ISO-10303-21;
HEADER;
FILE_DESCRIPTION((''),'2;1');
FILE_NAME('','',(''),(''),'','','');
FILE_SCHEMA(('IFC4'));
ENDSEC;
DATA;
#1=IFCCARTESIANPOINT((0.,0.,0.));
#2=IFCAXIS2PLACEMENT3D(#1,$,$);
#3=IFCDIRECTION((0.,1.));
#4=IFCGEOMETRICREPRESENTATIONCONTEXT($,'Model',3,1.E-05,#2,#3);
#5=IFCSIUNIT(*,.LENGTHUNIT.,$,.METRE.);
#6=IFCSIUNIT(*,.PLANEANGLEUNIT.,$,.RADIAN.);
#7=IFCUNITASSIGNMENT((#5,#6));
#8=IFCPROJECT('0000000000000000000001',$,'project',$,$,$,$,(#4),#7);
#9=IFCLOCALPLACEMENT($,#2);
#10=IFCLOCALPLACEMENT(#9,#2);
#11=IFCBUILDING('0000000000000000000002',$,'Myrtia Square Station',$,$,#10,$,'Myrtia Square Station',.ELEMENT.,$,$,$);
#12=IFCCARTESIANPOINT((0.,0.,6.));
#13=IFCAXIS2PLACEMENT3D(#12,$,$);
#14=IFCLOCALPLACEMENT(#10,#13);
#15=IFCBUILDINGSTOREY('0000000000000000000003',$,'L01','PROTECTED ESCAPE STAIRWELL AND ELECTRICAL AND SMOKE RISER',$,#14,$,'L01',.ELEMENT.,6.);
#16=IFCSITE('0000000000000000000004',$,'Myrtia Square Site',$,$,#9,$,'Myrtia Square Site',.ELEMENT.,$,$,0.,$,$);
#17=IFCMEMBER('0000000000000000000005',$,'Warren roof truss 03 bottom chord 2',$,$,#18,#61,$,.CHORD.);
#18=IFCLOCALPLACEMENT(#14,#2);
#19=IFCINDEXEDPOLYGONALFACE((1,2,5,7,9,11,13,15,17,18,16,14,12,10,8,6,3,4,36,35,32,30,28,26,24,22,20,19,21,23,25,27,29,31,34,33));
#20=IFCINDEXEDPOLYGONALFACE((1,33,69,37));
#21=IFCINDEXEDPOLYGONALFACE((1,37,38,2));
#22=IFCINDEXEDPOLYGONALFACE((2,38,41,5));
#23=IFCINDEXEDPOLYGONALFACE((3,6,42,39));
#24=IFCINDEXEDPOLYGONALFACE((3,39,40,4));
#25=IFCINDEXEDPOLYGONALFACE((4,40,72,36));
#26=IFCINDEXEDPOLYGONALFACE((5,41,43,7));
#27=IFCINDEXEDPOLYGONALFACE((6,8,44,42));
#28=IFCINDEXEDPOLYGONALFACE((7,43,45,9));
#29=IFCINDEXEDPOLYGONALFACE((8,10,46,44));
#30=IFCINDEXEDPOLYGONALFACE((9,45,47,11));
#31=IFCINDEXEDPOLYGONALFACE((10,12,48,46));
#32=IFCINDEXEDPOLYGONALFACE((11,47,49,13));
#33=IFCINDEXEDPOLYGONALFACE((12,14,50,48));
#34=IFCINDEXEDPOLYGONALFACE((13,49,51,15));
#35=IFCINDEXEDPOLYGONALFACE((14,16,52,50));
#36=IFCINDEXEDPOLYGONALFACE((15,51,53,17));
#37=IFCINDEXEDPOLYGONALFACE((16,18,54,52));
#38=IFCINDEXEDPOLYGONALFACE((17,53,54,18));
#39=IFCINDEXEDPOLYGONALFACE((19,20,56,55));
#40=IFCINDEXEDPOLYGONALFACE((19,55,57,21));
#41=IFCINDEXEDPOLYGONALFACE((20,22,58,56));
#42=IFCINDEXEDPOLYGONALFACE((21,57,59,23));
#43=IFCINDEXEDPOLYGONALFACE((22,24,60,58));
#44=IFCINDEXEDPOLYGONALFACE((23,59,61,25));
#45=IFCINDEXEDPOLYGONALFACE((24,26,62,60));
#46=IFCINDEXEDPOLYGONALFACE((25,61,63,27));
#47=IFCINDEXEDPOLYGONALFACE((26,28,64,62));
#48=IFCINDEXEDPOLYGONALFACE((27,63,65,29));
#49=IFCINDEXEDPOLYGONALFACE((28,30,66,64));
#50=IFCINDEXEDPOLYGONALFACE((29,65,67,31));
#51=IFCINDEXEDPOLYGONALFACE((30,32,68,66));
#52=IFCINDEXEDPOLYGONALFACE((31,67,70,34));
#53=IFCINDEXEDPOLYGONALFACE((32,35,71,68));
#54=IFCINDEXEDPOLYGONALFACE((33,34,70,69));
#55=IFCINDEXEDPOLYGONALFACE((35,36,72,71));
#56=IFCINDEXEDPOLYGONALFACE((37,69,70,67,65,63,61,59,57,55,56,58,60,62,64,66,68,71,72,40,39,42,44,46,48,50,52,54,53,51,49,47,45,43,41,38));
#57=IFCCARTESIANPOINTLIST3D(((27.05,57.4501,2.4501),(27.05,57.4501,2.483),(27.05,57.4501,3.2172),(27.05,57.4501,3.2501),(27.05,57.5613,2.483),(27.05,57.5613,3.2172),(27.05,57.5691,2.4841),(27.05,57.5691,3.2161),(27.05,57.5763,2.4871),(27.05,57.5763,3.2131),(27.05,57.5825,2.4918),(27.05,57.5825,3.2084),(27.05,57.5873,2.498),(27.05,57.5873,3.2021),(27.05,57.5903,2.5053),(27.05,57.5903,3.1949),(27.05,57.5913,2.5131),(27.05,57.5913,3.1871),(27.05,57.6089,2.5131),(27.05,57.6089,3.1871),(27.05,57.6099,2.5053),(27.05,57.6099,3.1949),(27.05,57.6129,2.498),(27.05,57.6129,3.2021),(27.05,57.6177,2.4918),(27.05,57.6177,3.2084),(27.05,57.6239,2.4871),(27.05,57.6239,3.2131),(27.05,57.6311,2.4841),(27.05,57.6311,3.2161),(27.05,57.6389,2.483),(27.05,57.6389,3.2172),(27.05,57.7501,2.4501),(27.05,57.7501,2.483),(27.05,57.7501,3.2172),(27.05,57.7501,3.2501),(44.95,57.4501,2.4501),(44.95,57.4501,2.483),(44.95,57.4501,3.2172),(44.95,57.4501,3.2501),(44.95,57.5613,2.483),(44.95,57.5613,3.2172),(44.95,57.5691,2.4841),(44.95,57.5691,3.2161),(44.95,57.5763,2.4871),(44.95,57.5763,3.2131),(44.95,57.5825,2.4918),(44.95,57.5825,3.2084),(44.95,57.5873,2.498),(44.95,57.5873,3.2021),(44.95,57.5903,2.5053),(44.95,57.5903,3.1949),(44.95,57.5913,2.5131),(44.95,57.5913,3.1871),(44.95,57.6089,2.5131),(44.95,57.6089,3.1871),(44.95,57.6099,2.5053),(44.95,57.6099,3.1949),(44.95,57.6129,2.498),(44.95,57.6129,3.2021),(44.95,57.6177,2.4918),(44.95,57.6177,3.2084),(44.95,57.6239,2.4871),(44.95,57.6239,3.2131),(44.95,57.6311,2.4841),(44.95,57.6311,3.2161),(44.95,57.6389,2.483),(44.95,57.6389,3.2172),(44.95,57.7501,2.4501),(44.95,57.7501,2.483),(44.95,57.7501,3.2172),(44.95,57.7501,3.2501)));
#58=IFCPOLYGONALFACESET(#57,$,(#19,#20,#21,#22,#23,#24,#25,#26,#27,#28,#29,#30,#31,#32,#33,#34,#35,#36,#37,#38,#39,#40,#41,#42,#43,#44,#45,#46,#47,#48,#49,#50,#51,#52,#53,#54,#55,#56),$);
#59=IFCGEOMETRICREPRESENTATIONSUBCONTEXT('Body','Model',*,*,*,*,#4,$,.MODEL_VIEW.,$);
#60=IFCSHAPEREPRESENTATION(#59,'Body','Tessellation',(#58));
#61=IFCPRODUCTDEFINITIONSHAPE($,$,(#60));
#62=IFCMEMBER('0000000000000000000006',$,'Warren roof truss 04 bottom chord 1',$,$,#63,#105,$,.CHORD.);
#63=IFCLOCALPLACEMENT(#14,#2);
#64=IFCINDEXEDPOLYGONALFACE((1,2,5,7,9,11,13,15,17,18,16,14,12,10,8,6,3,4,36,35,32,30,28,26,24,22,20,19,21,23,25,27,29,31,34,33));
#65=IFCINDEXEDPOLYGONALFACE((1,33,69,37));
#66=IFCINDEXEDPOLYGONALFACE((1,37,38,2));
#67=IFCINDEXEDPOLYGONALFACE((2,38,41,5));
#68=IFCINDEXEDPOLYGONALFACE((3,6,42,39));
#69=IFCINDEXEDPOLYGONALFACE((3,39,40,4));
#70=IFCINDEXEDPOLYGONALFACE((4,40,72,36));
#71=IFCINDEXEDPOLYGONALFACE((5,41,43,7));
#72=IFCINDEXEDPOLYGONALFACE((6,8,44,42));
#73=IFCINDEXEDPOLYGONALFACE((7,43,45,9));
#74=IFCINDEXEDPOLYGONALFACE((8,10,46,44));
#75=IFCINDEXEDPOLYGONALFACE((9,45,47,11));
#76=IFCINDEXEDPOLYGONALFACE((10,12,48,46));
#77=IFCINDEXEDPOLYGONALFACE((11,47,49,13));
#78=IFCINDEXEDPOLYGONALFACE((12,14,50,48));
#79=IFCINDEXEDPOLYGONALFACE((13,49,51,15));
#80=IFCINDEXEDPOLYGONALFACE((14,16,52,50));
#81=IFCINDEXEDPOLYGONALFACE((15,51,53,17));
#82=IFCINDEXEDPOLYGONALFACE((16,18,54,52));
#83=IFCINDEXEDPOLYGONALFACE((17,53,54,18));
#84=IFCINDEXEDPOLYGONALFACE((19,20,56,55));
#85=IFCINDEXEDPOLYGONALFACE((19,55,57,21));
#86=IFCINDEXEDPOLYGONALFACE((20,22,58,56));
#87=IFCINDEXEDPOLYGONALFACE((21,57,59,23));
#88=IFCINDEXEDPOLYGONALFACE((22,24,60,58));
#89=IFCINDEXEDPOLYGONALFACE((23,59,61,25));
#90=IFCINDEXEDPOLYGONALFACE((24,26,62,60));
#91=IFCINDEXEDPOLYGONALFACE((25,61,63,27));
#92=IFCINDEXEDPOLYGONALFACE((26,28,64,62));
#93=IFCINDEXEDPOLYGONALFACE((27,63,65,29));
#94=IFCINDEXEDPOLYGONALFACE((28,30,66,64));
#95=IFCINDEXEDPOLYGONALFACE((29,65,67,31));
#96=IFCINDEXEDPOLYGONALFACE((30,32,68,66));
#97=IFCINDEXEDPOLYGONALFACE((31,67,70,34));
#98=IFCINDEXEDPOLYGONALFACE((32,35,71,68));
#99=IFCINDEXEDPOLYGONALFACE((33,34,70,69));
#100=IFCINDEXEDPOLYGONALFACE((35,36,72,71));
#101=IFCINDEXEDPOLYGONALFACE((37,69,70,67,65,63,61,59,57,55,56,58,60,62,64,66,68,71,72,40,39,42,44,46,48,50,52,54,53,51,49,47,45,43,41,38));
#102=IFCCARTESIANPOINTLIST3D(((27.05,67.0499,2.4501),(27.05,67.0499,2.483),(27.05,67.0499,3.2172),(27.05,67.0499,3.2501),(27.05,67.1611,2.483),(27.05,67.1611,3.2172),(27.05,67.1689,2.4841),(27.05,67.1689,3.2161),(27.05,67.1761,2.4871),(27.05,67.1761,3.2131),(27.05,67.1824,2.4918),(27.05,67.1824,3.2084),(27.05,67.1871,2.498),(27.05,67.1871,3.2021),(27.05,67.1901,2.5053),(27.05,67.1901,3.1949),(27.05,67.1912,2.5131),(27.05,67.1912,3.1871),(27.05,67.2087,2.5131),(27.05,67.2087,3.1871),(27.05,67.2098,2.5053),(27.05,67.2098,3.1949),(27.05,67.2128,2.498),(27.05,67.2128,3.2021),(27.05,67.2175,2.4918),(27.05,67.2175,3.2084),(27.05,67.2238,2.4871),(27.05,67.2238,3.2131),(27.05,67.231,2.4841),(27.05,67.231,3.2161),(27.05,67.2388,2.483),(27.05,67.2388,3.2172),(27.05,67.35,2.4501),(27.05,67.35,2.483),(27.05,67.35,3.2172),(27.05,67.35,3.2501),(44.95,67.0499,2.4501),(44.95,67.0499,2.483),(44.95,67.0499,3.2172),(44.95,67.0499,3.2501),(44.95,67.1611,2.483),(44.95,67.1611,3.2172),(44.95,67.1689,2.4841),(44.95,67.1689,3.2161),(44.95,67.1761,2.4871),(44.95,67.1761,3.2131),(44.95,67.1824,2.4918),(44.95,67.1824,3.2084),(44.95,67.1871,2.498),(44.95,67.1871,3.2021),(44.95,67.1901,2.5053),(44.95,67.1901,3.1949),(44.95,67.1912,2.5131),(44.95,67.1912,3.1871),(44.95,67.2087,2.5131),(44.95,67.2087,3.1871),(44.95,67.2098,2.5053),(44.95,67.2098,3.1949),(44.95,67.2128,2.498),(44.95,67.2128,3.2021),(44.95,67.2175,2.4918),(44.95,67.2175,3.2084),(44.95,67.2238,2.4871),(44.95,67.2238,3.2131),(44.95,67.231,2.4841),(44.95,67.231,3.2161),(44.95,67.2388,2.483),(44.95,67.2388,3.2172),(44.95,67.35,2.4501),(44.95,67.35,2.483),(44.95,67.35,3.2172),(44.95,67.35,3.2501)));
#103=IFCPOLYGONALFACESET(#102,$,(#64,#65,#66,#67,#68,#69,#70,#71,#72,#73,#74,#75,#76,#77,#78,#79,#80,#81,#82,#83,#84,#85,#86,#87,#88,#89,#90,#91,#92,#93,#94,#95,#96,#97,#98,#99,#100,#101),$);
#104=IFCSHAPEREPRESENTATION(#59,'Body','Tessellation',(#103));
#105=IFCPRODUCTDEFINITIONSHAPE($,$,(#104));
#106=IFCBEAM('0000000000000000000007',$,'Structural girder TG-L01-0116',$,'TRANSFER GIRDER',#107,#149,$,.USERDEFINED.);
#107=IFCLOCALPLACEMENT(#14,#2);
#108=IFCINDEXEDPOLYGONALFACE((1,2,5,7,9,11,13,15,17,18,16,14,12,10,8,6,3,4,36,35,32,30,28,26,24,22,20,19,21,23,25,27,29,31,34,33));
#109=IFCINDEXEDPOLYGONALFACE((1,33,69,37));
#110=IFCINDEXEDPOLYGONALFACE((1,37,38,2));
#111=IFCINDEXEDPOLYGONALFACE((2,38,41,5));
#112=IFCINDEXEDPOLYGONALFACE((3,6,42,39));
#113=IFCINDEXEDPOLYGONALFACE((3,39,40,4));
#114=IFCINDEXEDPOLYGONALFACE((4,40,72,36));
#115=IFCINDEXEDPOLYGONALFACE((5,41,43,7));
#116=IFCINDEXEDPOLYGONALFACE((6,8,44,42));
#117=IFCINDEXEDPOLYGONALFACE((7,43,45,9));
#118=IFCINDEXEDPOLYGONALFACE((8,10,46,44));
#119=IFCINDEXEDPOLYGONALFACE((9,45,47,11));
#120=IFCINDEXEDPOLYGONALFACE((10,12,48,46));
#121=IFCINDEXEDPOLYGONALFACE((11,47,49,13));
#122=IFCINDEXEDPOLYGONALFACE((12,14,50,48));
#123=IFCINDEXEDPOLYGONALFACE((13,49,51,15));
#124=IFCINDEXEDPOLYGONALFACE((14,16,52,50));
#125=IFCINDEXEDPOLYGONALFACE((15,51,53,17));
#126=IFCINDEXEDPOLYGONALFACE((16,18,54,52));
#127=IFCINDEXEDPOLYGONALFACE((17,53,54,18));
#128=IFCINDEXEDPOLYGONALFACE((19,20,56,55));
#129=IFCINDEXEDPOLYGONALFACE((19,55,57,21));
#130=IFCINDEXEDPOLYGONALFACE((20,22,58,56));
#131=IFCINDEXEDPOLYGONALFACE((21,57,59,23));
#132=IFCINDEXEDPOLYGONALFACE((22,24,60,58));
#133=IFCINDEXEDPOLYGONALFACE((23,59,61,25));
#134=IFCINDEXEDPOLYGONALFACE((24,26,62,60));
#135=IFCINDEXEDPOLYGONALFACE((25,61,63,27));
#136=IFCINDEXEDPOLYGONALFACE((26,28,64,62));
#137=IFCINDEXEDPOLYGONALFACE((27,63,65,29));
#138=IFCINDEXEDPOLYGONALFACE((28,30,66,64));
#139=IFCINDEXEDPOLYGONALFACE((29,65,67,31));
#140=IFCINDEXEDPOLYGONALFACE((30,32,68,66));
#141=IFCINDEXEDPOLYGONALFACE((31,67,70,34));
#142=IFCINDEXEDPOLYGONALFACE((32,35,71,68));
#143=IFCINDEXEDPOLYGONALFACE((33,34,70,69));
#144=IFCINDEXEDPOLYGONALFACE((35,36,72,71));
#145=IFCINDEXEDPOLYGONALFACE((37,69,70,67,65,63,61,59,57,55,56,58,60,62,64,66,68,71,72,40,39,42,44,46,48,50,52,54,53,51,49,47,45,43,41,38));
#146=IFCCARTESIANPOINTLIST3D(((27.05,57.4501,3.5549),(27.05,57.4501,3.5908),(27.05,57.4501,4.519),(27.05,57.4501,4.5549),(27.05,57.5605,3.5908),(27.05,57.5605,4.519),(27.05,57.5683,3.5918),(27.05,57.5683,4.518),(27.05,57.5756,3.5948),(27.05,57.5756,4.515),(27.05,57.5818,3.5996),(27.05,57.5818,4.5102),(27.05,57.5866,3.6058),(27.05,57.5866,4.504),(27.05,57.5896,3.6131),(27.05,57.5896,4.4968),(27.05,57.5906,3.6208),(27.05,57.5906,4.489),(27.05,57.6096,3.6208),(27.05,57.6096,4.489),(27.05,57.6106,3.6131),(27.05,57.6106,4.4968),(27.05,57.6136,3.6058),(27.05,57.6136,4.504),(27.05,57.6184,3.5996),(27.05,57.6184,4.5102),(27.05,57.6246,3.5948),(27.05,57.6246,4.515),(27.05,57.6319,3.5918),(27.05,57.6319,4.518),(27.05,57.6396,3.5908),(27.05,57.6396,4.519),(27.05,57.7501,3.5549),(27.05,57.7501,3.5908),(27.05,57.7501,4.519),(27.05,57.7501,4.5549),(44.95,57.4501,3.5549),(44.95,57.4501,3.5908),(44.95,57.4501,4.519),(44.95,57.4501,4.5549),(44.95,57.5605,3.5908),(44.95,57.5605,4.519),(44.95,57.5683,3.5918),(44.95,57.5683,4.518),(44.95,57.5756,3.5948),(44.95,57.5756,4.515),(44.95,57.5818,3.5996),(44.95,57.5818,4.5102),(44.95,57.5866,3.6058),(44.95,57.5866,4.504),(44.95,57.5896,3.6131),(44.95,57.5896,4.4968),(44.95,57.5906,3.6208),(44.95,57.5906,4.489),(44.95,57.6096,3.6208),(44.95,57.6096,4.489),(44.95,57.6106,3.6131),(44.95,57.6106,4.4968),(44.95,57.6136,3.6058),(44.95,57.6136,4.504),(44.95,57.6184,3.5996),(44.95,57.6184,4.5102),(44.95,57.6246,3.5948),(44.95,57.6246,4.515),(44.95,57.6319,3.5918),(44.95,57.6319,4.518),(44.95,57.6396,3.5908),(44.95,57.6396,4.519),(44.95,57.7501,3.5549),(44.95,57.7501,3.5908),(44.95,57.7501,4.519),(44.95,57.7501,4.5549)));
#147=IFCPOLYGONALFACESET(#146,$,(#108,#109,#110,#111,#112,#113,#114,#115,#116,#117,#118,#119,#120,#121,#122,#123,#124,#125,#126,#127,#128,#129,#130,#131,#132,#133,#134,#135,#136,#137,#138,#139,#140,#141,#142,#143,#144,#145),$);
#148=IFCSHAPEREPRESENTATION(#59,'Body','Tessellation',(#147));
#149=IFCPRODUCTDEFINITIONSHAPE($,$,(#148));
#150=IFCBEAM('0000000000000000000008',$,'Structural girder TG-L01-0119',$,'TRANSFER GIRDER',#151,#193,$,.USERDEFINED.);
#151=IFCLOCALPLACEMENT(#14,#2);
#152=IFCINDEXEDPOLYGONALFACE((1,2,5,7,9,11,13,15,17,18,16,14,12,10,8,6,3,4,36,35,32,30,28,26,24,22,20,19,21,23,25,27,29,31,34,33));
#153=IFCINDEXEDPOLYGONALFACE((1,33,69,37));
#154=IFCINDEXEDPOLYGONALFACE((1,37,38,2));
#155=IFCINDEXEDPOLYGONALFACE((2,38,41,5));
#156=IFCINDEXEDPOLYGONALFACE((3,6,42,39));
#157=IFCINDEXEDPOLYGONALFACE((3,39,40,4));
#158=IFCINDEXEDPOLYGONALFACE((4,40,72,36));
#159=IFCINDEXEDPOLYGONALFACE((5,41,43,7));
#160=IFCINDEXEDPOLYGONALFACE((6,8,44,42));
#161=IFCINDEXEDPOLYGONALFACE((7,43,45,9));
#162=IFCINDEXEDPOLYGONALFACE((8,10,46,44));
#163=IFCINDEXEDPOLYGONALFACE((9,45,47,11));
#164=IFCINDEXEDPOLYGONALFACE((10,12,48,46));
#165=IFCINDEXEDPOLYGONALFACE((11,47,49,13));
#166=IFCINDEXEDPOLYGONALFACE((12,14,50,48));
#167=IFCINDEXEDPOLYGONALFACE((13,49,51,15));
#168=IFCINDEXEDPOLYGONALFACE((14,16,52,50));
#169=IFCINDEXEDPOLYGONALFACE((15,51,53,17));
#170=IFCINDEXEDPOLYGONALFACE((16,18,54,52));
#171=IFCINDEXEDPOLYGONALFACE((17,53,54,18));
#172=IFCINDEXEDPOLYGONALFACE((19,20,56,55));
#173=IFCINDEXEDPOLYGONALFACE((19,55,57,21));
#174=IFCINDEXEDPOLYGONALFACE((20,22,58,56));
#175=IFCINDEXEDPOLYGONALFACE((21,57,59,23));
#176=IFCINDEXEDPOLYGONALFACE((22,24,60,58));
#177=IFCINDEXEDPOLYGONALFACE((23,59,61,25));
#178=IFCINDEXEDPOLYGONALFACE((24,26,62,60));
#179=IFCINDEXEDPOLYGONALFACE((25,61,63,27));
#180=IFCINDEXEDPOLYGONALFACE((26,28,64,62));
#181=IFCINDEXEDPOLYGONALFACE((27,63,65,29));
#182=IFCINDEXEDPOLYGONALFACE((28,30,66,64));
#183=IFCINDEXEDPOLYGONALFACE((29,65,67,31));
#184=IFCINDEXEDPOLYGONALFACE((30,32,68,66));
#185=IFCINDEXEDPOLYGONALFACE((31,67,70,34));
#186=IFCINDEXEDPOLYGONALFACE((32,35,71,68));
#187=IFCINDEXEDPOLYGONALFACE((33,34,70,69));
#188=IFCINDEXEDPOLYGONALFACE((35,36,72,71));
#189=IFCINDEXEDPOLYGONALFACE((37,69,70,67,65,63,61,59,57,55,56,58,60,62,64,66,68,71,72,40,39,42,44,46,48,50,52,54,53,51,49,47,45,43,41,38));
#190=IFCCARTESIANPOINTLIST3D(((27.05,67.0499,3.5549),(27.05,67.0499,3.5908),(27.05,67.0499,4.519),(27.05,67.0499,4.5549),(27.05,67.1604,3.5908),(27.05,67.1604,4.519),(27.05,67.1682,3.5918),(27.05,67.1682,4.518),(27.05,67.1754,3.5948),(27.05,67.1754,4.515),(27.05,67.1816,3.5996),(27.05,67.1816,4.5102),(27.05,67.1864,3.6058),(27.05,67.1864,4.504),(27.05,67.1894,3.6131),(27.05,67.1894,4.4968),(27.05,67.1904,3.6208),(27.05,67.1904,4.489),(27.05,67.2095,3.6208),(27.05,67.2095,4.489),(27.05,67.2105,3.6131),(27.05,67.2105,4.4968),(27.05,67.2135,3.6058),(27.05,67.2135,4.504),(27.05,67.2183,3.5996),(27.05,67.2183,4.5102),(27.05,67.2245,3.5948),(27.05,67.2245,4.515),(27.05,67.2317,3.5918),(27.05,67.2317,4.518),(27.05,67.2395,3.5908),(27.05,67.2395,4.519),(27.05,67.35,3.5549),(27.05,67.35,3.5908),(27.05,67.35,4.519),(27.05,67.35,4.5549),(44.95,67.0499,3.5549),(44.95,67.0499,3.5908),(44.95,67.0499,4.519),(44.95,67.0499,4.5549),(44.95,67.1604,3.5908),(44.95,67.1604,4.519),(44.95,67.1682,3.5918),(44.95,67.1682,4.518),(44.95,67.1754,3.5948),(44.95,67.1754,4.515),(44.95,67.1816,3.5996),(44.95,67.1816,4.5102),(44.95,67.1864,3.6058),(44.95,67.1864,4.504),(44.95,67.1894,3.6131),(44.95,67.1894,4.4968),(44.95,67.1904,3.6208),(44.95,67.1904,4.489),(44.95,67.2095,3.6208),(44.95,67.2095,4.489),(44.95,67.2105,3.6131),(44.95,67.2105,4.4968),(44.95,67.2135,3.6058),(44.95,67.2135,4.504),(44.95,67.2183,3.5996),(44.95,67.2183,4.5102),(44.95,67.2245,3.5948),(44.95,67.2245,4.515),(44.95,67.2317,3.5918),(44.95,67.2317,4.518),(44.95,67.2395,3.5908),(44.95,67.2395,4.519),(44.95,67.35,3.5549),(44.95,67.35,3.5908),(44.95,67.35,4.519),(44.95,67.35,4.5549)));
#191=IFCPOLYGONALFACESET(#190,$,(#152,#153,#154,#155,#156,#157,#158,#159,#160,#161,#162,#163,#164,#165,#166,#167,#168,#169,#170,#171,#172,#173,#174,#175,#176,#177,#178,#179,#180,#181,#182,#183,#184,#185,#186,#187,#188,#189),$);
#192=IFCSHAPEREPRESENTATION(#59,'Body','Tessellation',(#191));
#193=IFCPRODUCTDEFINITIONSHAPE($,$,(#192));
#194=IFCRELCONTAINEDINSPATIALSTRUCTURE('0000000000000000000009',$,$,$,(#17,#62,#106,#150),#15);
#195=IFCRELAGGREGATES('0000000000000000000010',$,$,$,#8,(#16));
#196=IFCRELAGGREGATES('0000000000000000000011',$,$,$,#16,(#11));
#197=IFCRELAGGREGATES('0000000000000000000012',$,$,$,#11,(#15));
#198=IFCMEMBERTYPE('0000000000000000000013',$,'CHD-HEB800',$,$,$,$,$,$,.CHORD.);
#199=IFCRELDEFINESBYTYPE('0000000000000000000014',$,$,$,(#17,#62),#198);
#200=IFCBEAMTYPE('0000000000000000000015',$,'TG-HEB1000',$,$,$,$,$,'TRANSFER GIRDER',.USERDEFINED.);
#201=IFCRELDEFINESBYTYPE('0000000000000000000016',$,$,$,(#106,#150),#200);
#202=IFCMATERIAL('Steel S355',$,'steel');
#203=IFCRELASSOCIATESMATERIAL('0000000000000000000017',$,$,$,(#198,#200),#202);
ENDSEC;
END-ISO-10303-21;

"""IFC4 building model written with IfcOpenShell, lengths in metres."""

from ifc_helpers import new_model, si_unit, direction, frame, origin, origin_2d, place, context, subcontext, project, spatial, i_section, extrude, material, material_profile, profile_set, type_object, element, save


model = new_model("IFC4")

# Units and contexts
model_context = context("Model", 3, precision=1e-05, world=origin(), true_north=direction((0.0, 1.0)))
body_context = subcontext(model_context, "Body", "Model", "MODEL_VIEW")
ifc_project = project(units=[si_unit("LENGTHUNIT", "METRE"), si_unit("PLANEANGLEUNIT", "RADIAN")], contexts=[model_context])

# Site, building, storey
site_placement = place(None, origin())
site = spatial("IfcSite", under=ifc_project, at=site_placement, Name="Myrtia Square Site", LongName="Myrtia Square Site", CompositionType="ELEMENT", RefElevation=0.0)
building_placement = place(site_placement, origin())
building = spatial("IfcBuilding", under=site, at=building_placement, Name="Myrtia Square Station", LongName="Myrtia Square Station", CompositionType="ELEMENT")
storey_placement = place(building_placement, frame((0.0, 0.0, 6.0)))
storey = spatial("IfcBuildingStorey", under=building, at=storey_placement, Name="L01", Description="PROTECTED ESCAPE STAIRWELL AND ELECTRICAL AND SMOKE RISER", LongName="L01", CompositionType="ELEMENT", Elevation=6.0)

# Shared definitions
ifc_material_1 = material(Name="Steel S355", Category="steel")

# Members
ifc_material_profile_1 = material_profile(ifc_material_1, i_section(OverallWidth=0.3, OverallDepth=0.8, WebThickness=0.0176, FlangeThickness=0.033, FilletRadius=0.03, at=origin_2d()), Name="HEB 800")
ifc_profile_set_1 = profile_set([ifc_material_profile_1], Name="Steel S355")
member_type_1 = type_object("IfcMemberType", Name="CHD-HEB800", PredefinedType="CHORD", material=ifc_profile_set_1)
for number, where, z_axis, x_axis, name in (
    (1, (27.05, 57.6001, 2.8501), (1.0, 0.0, 0.0), (0.0, 1.0, 0.0), "Warren roof truss 03 bottom chord 2"),
    (2, (27.05, 67.2, 2.8501), (1.0, 0.0, 0.0), (0.0, 1.0, 0.0), "Warren roof truss 04 bottom chord 1"),
):
    element("IfcMember", number, at=place(storey_placement, frame(where, z_axis=z_axis, x_axis=x_axis)), inside=storey, type_object=member_type_1, Name=name, PredefinedType="CHORD", context=body_context, shape_type="SweptSolid", body=[
        extrude(i_section(OverallWidth=0.3, OverallDepth=0.8, WebThickness=0.0176, FlangeThickness=0.033, FilletRadius=0.03, at=origin_2d()), origin(), (0.0, 0.0, 1.0), 17.8999),
    ])

# Beams
ifc_material_profile_2 = material_profile(ifc_material_1, i_section(OverallWidth=0.3, OverallDepth=1.0, WebThickness=0.019, FlangeThickness=0.0359, FilletRadius=0.03, at=origin_2d()), Name="HEB 1000")
ifc_profile_set_2 = profile_set([ifc_material_profile_2], Name="Steel S355")
beam_type_1 = type_object("IfcBeamType", Name="TG-HEB1000", ElementType="TRANSFER GIRDER", PredefinedType="USERDEFINED", material=ifc_profile_set_2)
for number, where, z_axis, x_axis, name in (
    (3, (27.05, 57.6001, 4.0549), (1.0, 0.0, 0.0), (0.0, 1.0, 0.0), "Structural girder TG-L01-0116"),
    (4, (27.05, 67.2, 4.0549), (1.0, 0.0, 0.0), (0.0, 1.0, 0.0), "Structural girder TG-L01-0119"),
):
    element("IfcBeam", number, at=place(storey_placement, frame(where, z_axis=z_axis, x_axis=x_axis)), inside=storey, type_object=beam_type_1, Name=name, ObjectType="TRANSFER GIRDER", PredefinedType="USERDEFINED", context=body_context, shape_type="SweptSolid", body=[
        extrude(i_section(OverallWidth=0.3, OverallDepth=1.0, WebThickness=0.019, FlangeThickness=0.0359, FilletRadius=0.03, at=origin_2d()), origin(), (0.0, 0.0, 1.0), 17.8999),
    ])

save(model, "model.ifc")
